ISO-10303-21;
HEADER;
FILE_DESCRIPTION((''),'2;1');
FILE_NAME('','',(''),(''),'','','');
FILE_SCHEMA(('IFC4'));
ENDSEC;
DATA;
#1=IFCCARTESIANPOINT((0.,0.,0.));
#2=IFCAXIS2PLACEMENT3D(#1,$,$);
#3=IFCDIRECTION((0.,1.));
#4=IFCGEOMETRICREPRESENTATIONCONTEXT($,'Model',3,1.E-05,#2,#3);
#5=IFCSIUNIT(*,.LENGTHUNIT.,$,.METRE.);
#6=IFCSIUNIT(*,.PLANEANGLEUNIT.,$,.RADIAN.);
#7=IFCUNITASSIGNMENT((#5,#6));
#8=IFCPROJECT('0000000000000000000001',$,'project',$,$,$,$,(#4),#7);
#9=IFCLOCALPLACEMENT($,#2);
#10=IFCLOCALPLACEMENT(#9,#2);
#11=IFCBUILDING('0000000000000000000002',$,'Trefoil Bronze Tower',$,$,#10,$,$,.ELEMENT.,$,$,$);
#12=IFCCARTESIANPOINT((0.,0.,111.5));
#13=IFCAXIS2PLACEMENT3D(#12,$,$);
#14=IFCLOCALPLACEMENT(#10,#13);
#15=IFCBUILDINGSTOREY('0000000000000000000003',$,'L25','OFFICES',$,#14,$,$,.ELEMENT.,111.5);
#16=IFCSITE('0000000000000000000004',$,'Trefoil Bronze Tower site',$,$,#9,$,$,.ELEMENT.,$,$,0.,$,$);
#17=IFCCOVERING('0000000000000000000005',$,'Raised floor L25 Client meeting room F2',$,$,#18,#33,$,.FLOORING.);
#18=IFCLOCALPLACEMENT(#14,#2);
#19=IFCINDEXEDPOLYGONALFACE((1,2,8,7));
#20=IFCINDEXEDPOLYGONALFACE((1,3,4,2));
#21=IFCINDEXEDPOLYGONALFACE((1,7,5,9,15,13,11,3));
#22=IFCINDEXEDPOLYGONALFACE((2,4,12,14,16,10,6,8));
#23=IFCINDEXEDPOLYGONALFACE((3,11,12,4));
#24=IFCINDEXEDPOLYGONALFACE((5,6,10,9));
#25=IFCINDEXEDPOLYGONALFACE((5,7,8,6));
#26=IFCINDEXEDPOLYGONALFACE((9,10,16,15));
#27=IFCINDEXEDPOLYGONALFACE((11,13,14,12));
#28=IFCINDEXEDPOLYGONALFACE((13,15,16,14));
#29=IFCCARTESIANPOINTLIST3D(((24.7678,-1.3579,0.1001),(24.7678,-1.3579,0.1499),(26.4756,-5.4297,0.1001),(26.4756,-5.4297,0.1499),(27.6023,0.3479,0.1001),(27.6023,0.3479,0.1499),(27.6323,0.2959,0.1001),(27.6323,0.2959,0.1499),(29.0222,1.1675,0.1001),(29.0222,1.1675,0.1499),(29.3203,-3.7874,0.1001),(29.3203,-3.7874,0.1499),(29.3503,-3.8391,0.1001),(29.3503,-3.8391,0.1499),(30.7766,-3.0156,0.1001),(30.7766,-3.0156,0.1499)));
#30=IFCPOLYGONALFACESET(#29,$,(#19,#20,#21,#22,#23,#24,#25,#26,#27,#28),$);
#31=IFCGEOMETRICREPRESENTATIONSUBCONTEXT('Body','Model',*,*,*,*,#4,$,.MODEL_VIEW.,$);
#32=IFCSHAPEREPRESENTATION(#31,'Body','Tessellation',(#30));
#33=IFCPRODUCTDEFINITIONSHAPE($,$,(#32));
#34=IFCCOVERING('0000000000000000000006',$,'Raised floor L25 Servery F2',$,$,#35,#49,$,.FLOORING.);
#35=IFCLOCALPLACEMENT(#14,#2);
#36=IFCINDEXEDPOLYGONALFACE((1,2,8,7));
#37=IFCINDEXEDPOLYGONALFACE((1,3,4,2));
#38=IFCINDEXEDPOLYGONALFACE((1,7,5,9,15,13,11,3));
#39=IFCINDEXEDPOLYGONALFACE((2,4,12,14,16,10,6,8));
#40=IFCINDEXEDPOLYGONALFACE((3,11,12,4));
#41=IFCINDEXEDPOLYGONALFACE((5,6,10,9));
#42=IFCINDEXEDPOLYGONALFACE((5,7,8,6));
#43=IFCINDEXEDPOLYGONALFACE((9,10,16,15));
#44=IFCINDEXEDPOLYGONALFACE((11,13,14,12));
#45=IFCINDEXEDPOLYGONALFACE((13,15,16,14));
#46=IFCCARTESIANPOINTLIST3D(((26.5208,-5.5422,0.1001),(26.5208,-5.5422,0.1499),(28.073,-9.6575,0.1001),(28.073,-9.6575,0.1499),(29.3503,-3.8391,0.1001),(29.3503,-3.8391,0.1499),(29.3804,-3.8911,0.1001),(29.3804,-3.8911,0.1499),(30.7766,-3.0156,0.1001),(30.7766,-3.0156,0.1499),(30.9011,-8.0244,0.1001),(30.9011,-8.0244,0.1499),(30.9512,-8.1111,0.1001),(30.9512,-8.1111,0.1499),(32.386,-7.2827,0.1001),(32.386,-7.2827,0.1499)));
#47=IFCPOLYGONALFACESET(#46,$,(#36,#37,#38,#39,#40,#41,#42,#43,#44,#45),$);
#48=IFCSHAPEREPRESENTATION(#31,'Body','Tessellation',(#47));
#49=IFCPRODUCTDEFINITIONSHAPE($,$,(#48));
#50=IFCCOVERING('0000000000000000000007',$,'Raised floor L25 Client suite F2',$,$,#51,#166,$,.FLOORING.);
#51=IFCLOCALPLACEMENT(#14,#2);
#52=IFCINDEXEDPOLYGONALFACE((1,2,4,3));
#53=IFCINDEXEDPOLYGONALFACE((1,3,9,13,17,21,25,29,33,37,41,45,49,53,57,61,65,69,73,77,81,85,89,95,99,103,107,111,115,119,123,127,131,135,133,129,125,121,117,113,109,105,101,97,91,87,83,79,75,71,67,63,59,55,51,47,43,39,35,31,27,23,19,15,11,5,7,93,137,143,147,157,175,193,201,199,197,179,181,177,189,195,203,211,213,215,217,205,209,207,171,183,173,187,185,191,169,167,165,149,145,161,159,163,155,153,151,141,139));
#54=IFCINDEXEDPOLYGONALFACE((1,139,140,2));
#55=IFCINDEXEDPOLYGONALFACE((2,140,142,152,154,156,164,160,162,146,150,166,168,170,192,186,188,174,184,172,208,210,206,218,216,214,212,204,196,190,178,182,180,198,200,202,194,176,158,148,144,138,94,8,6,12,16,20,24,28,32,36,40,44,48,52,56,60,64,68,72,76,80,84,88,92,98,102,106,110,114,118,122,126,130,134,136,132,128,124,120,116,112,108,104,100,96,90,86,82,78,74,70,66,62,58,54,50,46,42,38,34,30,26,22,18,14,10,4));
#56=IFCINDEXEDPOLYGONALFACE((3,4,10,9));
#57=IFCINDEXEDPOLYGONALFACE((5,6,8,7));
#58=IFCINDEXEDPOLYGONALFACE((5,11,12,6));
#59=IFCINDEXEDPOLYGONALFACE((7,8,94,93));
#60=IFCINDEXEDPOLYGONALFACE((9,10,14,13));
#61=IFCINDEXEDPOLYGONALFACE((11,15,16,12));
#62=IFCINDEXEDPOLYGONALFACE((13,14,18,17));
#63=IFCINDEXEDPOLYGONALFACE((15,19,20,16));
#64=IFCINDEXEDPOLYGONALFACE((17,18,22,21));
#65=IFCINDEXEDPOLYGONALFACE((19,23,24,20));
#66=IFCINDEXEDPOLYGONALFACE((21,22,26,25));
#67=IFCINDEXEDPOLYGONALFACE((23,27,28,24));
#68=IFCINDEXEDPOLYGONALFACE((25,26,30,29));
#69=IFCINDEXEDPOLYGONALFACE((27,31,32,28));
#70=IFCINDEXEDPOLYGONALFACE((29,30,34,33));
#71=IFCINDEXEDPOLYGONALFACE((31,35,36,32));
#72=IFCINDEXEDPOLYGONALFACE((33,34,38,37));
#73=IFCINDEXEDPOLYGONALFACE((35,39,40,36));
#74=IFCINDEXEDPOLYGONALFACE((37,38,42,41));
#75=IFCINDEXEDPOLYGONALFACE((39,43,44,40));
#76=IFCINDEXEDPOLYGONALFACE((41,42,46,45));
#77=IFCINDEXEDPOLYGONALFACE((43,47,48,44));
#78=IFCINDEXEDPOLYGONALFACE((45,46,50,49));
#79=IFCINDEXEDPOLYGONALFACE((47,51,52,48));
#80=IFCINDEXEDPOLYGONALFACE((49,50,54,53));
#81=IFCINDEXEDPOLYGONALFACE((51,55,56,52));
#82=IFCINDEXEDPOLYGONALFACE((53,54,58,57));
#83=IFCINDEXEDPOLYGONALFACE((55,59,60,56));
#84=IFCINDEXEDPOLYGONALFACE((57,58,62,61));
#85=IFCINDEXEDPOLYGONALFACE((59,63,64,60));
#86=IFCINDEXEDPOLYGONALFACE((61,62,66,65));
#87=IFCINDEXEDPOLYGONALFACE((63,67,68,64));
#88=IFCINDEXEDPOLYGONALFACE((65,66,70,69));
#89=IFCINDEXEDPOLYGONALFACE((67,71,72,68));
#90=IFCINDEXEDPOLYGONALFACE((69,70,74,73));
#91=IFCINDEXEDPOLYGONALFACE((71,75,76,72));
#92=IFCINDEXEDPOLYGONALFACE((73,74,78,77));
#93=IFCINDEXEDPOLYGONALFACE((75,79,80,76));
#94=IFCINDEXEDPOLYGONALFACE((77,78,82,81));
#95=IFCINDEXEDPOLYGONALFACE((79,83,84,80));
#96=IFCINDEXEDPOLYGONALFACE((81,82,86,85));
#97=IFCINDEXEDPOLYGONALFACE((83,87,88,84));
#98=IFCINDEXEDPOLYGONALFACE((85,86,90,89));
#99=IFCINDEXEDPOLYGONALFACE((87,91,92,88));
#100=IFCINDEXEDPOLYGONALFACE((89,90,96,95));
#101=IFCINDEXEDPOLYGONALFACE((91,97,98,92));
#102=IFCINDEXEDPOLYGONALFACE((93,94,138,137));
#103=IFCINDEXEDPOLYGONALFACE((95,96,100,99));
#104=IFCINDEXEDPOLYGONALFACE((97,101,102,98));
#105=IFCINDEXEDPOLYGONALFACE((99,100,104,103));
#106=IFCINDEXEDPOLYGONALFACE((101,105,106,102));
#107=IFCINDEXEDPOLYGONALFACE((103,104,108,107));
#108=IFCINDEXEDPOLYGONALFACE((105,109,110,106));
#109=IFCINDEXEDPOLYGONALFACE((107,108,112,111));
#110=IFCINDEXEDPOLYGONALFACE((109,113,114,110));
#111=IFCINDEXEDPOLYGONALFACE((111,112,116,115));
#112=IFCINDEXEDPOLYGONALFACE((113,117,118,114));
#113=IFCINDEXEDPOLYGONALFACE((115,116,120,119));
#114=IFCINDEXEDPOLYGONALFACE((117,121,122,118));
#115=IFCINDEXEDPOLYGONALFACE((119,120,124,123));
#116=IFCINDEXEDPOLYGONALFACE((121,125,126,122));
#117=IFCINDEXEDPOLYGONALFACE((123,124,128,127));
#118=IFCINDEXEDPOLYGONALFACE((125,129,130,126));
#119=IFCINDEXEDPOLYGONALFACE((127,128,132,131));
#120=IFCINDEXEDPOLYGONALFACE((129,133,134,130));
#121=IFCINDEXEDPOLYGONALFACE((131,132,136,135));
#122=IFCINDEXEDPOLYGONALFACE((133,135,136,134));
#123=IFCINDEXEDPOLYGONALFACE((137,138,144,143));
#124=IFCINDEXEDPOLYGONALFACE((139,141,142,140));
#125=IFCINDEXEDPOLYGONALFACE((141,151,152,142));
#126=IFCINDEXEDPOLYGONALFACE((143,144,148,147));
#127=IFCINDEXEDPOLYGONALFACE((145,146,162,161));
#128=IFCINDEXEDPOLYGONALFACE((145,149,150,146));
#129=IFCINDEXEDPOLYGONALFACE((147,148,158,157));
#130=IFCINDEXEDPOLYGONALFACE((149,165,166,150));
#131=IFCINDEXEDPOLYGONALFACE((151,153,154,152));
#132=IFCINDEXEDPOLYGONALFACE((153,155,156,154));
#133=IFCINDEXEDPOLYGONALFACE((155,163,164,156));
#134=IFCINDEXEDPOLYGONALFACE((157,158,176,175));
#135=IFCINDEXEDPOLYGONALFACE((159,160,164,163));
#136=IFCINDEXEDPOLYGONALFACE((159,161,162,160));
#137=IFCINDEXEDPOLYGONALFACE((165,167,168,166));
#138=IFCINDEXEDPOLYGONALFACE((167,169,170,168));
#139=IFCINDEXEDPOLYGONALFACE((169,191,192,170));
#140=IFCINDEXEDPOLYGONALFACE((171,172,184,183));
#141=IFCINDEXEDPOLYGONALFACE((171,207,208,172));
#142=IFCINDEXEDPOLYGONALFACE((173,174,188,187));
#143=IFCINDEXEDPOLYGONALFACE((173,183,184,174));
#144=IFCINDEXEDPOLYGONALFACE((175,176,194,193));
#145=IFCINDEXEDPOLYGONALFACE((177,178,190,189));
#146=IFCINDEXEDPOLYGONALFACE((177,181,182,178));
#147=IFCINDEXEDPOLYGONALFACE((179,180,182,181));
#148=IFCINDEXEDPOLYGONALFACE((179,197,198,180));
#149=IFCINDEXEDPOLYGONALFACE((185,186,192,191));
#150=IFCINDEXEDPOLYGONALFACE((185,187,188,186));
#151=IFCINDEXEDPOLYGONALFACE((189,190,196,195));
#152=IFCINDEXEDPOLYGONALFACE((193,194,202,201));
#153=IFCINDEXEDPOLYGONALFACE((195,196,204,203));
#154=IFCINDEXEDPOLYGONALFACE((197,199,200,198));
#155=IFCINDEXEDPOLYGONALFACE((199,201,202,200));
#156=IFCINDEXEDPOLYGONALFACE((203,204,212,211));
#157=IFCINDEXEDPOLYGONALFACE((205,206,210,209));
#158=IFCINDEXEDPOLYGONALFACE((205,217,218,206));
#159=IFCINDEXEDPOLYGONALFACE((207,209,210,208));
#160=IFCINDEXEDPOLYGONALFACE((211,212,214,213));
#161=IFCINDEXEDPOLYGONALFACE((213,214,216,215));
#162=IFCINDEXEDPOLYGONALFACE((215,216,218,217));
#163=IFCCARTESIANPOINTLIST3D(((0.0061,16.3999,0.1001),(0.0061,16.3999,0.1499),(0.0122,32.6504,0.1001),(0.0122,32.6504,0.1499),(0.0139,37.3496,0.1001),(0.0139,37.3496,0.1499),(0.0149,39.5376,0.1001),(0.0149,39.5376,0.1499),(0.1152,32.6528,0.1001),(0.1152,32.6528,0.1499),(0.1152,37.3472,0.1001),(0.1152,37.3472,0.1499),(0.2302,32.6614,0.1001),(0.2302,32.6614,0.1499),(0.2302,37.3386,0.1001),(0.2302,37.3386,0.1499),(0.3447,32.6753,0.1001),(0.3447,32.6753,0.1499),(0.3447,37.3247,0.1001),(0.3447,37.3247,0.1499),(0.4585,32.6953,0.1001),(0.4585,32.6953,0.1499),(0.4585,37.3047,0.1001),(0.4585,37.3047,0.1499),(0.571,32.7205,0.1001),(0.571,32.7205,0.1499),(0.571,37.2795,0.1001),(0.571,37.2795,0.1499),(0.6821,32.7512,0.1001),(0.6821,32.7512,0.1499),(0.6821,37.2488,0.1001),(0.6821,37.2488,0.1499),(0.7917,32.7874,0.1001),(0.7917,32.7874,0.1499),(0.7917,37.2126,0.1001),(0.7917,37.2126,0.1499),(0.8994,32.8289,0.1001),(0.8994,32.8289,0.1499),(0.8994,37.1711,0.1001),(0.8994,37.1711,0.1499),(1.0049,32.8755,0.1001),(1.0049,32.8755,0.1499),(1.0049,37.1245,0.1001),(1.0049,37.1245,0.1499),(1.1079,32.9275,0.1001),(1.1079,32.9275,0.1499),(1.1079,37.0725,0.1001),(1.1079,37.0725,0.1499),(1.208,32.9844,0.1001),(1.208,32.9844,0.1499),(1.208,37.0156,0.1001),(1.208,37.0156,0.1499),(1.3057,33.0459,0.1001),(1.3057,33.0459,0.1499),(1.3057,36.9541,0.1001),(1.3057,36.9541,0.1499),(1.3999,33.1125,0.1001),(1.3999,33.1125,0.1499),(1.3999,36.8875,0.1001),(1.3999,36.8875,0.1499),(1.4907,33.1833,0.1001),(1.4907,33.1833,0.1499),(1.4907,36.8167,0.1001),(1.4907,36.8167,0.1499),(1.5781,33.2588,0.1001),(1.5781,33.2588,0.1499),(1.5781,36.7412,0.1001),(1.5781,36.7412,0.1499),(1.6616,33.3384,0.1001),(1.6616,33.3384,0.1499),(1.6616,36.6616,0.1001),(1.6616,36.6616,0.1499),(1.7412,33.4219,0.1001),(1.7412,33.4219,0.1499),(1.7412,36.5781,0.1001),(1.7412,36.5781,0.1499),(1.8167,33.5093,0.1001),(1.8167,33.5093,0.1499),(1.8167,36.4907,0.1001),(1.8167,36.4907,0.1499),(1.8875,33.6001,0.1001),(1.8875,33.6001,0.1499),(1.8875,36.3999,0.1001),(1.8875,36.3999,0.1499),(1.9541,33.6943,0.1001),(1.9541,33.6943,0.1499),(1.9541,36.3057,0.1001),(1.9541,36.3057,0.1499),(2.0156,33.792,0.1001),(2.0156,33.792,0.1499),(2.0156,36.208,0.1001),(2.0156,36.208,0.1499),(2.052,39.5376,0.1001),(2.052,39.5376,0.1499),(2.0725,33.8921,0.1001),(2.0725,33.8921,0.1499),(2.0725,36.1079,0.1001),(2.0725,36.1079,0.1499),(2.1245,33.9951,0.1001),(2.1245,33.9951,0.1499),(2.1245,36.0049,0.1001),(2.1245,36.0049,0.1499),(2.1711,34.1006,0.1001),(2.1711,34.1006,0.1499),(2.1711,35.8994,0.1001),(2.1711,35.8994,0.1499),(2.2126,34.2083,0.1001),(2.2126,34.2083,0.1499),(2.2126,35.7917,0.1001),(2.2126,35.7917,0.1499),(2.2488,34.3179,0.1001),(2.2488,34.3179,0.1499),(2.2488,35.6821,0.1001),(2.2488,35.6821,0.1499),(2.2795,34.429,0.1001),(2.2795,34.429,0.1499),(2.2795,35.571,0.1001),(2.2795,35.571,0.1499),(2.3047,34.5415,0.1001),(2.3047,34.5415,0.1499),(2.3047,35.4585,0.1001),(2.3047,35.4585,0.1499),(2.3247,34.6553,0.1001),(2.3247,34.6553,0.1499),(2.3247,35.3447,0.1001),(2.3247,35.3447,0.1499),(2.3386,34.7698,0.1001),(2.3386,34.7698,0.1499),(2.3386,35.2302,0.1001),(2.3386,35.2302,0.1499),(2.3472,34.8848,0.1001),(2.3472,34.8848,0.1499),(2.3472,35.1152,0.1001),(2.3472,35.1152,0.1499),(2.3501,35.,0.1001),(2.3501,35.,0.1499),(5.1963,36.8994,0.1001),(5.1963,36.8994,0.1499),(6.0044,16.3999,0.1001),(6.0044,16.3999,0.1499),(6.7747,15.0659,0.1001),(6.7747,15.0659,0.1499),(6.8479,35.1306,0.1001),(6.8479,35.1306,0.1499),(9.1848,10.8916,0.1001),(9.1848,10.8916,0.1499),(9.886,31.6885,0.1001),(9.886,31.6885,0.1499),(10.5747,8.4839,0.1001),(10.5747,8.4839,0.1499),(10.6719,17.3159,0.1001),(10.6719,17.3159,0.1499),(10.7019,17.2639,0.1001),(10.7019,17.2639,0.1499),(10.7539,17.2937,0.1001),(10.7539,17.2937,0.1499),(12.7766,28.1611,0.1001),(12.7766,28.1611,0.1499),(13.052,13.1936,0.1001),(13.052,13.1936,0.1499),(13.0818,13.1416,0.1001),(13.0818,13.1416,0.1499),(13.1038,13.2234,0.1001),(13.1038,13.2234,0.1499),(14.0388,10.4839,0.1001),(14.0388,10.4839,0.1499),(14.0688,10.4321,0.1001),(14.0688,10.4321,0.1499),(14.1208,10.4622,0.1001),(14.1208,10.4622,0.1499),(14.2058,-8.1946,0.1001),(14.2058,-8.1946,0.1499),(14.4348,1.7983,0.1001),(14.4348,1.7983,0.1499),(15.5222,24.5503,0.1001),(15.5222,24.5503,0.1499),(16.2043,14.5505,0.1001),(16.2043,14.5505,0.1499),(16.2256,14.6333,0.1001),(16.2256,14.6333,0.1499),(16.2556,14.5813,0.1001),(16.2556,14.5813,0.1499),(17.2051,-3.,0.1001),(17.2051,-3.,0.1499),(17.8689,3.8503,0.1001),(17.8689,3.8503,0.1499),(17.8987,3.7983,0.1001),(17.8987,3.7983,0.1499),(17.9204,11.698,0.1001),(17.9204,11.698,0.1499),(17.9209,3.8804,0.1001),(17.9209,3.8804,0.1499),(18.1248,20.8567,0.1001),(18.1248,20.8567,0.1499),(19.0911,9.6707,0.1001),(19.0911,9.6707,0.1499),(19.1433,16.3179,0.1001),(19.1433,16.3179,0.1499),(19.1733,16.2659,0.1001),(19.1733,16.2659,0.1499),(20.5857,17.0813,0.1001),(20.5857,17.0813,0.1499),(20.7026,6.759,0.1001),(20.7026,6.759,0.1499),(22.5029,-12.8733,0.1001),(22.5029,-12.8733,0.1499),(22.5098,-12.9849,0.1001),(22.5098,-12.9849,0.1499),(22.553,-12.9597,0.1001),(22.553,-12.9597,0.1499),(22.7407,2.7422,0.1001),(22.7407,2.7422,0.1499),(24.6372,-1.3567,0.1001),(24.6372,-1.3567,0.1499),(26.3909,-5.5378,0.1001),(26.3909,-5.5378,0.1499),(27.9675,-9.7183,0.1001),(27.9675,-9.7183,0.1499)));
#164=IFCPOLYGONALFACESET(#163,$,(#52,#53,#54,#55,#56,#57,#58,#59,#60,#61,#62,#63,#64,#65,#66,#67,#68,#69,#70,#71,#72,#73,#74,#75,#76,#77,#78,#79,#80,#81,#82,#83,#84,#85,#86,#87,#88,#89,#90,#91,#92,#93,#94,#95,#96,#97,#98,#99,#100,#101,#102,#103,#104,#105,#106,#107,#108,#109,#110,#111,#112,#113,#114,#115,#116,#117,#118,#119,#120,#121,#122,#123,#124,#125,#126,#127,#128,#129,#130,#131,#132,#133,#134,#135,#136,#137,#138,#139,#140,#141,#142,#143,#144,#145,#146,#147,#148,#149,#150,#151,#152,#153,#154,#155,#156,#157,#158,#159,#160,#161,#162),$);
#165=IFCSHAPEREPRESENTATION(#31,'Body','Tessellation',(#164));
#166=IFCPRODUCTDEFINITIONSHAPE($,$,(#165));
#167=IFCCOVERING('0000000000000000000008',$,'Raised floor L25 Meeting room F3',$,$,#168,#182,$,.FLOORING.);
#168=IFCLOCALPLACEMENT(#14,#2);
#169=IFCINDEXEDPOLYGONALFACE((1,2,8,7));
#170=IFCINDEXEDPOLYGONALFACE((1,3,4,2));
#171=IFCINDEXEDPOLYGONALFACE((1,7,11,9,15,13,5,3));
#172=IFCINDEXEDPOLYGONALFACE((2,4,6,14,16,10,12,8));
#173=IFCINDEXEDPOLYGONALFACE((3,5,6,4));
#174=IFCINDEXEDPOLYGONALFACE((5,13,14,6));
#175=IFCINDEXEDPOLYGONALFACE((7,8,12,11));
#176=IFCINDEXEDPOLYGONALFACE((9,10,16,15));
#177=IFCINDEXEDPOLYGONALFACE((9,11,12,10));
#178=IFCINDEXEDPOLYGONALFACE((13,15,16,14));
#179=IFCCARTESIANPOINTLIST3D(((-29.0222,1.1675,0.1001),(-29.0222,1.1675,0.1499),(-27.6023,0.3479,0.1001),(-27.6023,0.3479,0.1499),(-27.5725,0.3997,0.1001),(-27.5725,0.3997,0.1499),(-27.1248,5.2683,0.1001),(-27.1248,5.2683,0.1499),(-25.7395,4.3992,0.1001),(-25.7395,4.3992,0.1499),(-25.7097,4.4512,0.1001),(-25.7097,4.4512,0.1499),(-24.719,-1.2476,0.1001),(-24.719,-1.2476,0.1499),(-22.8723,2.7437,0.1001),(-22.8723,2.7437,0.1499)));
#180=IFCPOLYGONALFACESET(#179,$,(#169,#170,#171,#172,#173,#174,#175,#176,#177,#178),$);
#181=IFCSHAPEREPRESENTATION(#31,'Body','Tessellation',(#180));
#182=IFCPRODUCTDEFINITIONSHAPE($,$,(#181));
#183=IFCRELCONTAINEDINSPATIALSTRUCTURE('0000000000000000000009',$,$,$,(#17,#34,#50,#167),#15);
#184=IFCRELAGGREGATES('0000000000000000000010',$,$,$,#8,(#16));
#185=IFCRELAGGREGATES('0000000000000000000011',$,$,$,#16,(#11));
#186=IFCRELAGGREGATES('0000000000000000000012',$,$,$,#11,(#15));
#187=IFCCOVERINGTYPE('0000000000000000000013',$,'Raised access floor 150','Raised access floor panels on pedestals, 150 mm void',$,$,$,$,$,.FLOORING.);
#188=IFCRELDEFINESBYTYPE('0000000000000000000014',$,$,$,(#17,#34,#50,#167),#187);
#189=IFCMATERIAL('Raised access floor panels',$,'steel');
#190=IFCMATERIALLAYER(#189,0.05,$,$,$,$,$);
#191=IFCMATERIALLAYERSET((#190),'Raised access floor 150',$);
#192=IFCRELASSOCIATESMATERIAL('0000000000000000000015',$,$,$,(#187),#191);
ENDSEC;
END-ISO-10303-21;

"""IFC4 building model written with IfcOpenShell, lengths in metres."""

from ifc_helpers import new_model, si_unit, direction, frame, origin, place, context, subcontext, project, spatial, polyline, outline, extrude, material, layer, layer_set, type_object, element, save


model = new_model("IFC4")

# Units and contexts
model_context = context("Model", 3, precision=1e-05, world=origin(), true_north=direction((0.0, 1.0)))
body_context = subcontext(model_context, "Body", "Model", "MODEL_VIEW")
ifc_project = project(units=[si_unit("LENGTHUNIT", "METRE"), si_unit("PLANEANGLEUNIT", "RADIAN")], contexts=[model_context])

# Site, building, storey
site_placement = place(None, origin())
site = spatial("IfcSite", under=ifc_project, at=site_placement, Name="Trefoil Bronze Tower site", CompositionType="ELEMENT", RefElevation=0.0)
building_placement = place(site_placement, origin())
building = spatial("IfcBuilding", under=site, at=building_placement, Name="Trefoil Bronze Tower", CompositionType="ELEMENT")
storey_placement = place(building_placement, frame((0.0, 0.0, 111.5)))
storey = spatial("IfcBuildingStorey", under=building, at=storey_placement, Name="L25", Description="OFFICES", CompositionType="ELEMENT", Elevation=111.5)

# Coverings
ifc_material_1 = material(Name="Raised access floor panels", Category="steel")
ifc_layer_1 = layer(ifc_material_1, 0.05)
ifc_layer_set_1 = layer_set([ifc_layer_1], Name="Raised access floor 150")
covering_type_1 = type_object("IfcCoveringType", Name="Raised access floor 150", Description="Raised access floor panels on pedestals, 150 mm void", PredefinedType="FLOORING", material=ifc_layer_set_1)
covering_1_placement = place(storey_placement, frame((0.0, 0.0, 0.1001)))
element("IfcCovering", 1, at=covering_1_placement, inside=storey, type_object=covering_type_1, Name="Raised floor L25 Client meeting room F2", PredefinedType="FLOORING", context=body_context, shape_type="SweptSolid", body=[
    extrude(outline(polyline([(29.0222, 1.1675), (30.7766, -3.0156), (29.3503, -3.8391), (29.3203, -3.7874), (26.4756, -5.4297), (24.7678, -1.3579), (27.6323, 0.2959), (27.6023, 0.3479), (29.0222, 1.1675)])), origin(), (0.0, 0.0, 1.0), 0.0498),
])
covering_2_placement = place(storey_placement, frame((0.0, 0.0, 0.1001)))
element("IfcCovering", 2, at=covering_2_placement, inside=storey, type_object=covering_type_1, Name="Raised floor L25 Servery F2", PredefinedType="FLOORING", context=body_context, shape_type="SweptSolid", body=[
    extrude(outline(polyline([(30.7766, -3.0156), (32.386, -7.2827), (30.9512, -8.1111), (30.9011, -8.0244), (28.073, -9.6575), (26.5208, -5.5422), (29.3804, -3.8911), (29.3503, -3.8391), (30.7766, -3.0156)])), origin(), (0.0, 0.0, 1.0), 0.0498),
])
covering_3_placement = place(storey_placement, frame((0.0, 0.0, 0.1001)))
element("IfcCovering", 3, at=covering_3_placement, inside=storey, type_object=covering_type_1, Name="Raised floor L25 Client suite F2", PredefinedType="FLOORING", context=body_context, shape_type="SweptSolid", body=[
    extrude(outline(polyline([(20.5857, 17.0813), (19.1733, 16.2659), (19.1433, 16.3179), (16.2256, 14.6333), (16.2556, 14.5813), (16.2043, 14.5505), (17.9204, 11.698), (19.0911, 9.6707), (20.7026, 6.759), (22.7407, 2.7422), (24.6372, -1.3567), (26.3909, -5.5378), (27.9675, -9.7183), (22.5029, -12.8733), (22.553, -12.9597), (22.5098, -12.9849), (14.2058, -8.1946), (17.2051, -3.0), (14.4348, 1.7983), (17.8987, 3.7983), (17.8689, 3.8503), (17.9209, 3.8804), (14.1208, 10.4622), (14.0688, 10.4321), (14.0388, 10.4839), (10.5747, 8.4839), (9.1848, 10.8916), (13.0818, 13.1416), (13.052, 13.1936), (13.1038, 13.2234), (10.7539, 17.2937), (10.7019, 17.2639), (10.6719, 17.3159), (6.7747, 15.0659), (6.0044, 16.3999), (0.0061, 16.3999), (0.0122, 32.6504), (0.1152, 32.6528), (0.2302, 32.6614), (0.3447, 32.6753), (0.4585, 32.6953), (0.571, 32.7205), (0.6821, 32.7512), (0.7917, 32.7874), (0.8994, 32.8289), (1.0049, 32.8755), (1.1079, 32.9275), (1.208, 32.9844), (1.3057, 33.0459), (1.3999, 33.1125), (1.4907, 33.1833), (1.5781, 33.2588), (1.6616, 33.3384), (1.7412, 33.4219), (1.8167, 33.5093), (1.8875, 33.6001), (1.9541, 33.6943), (2.0156, 33.792), (2.0725, 33.8921), (2.1245, 33.9951), (2.1711, 34.1006), (2.2126, 34.2083), (2.2488, 34.3179), (2.2795, 34.429), (2.3047, 34.5415), (2.3247, 34.6553), (2.3386, 34.7698), (2.3472, 34.8848), (2.3501, 35.0), (2.3472, 35.1152), (2.3386, 35.2302), (2.3247, 35.3447), (2.3047, 35.4585), (2.2795, 35.571), (2.2488, 35.6821), (2.2126, 35.7917), (2.1711, 35.8994), (2.1245, 36.0049), (2.0725, 36.1079), (2.0156, 36.208), (1.9541, 36.3057), (1.8875, 36.3999), (1.8167, 36.4907), (1.7412, 36.5781), (1.6616, 36.6616), (1.5781, 36.7412), (1.4907, 36.8167), (1.3999, 36.8875), (1.3057, 36.9541), (1.208, 37.0156), (1.1079, 37.0725), (1.0049, 37.1245), (0.8994, 37.1711), (0.7917, 37.2126), (0.6821, 37.2488), (0.571, 37.2795), (0.4585, 37.3047), (0.3447, 37.3247), (0.2302, 37.3386), (0.1152, 37.3472), (0.0139, 37.3496), (0.0149, 39.5376), (2.052, 39.5376), (5.1963, 36.8994), (6.8479, 35.1306), (9.886, 31.6885), (12.7766, 28.1611), (15.5222, 24.5503), (18.1248, 20.8567), (20.5857, 17.0813)])), origin(), (0.0, 0.0, 1.0), 0.0498),
])
covering_4_placement = place(storey_placement, frame((0.0, 0.0, 0.1001)))
element("IfcCovering", 4, at=covering_4_placement, inside=storey, type_object=covering_type_1, Name="Raised floor L25 Meeting room F3", PredefinedType="FLOORING", context=body_context, shape_type="SweptSolid", body=[
    extrude(outline(polyline([(-29.0222, 1.1675), (-27.1248, 5.2683), (-25.7097, 4.4512), (-25.7395, 4.3992), (-22.8723, 2.7437), (-24.719, -1.2476), (-27.5725, 0.3997), (-27.6023, 0.3479), (-29.0222, 1.1675)])), origin(), (0.0, 0.0, 1.0), 0.0498),
])

save(model, "model.ifc")
